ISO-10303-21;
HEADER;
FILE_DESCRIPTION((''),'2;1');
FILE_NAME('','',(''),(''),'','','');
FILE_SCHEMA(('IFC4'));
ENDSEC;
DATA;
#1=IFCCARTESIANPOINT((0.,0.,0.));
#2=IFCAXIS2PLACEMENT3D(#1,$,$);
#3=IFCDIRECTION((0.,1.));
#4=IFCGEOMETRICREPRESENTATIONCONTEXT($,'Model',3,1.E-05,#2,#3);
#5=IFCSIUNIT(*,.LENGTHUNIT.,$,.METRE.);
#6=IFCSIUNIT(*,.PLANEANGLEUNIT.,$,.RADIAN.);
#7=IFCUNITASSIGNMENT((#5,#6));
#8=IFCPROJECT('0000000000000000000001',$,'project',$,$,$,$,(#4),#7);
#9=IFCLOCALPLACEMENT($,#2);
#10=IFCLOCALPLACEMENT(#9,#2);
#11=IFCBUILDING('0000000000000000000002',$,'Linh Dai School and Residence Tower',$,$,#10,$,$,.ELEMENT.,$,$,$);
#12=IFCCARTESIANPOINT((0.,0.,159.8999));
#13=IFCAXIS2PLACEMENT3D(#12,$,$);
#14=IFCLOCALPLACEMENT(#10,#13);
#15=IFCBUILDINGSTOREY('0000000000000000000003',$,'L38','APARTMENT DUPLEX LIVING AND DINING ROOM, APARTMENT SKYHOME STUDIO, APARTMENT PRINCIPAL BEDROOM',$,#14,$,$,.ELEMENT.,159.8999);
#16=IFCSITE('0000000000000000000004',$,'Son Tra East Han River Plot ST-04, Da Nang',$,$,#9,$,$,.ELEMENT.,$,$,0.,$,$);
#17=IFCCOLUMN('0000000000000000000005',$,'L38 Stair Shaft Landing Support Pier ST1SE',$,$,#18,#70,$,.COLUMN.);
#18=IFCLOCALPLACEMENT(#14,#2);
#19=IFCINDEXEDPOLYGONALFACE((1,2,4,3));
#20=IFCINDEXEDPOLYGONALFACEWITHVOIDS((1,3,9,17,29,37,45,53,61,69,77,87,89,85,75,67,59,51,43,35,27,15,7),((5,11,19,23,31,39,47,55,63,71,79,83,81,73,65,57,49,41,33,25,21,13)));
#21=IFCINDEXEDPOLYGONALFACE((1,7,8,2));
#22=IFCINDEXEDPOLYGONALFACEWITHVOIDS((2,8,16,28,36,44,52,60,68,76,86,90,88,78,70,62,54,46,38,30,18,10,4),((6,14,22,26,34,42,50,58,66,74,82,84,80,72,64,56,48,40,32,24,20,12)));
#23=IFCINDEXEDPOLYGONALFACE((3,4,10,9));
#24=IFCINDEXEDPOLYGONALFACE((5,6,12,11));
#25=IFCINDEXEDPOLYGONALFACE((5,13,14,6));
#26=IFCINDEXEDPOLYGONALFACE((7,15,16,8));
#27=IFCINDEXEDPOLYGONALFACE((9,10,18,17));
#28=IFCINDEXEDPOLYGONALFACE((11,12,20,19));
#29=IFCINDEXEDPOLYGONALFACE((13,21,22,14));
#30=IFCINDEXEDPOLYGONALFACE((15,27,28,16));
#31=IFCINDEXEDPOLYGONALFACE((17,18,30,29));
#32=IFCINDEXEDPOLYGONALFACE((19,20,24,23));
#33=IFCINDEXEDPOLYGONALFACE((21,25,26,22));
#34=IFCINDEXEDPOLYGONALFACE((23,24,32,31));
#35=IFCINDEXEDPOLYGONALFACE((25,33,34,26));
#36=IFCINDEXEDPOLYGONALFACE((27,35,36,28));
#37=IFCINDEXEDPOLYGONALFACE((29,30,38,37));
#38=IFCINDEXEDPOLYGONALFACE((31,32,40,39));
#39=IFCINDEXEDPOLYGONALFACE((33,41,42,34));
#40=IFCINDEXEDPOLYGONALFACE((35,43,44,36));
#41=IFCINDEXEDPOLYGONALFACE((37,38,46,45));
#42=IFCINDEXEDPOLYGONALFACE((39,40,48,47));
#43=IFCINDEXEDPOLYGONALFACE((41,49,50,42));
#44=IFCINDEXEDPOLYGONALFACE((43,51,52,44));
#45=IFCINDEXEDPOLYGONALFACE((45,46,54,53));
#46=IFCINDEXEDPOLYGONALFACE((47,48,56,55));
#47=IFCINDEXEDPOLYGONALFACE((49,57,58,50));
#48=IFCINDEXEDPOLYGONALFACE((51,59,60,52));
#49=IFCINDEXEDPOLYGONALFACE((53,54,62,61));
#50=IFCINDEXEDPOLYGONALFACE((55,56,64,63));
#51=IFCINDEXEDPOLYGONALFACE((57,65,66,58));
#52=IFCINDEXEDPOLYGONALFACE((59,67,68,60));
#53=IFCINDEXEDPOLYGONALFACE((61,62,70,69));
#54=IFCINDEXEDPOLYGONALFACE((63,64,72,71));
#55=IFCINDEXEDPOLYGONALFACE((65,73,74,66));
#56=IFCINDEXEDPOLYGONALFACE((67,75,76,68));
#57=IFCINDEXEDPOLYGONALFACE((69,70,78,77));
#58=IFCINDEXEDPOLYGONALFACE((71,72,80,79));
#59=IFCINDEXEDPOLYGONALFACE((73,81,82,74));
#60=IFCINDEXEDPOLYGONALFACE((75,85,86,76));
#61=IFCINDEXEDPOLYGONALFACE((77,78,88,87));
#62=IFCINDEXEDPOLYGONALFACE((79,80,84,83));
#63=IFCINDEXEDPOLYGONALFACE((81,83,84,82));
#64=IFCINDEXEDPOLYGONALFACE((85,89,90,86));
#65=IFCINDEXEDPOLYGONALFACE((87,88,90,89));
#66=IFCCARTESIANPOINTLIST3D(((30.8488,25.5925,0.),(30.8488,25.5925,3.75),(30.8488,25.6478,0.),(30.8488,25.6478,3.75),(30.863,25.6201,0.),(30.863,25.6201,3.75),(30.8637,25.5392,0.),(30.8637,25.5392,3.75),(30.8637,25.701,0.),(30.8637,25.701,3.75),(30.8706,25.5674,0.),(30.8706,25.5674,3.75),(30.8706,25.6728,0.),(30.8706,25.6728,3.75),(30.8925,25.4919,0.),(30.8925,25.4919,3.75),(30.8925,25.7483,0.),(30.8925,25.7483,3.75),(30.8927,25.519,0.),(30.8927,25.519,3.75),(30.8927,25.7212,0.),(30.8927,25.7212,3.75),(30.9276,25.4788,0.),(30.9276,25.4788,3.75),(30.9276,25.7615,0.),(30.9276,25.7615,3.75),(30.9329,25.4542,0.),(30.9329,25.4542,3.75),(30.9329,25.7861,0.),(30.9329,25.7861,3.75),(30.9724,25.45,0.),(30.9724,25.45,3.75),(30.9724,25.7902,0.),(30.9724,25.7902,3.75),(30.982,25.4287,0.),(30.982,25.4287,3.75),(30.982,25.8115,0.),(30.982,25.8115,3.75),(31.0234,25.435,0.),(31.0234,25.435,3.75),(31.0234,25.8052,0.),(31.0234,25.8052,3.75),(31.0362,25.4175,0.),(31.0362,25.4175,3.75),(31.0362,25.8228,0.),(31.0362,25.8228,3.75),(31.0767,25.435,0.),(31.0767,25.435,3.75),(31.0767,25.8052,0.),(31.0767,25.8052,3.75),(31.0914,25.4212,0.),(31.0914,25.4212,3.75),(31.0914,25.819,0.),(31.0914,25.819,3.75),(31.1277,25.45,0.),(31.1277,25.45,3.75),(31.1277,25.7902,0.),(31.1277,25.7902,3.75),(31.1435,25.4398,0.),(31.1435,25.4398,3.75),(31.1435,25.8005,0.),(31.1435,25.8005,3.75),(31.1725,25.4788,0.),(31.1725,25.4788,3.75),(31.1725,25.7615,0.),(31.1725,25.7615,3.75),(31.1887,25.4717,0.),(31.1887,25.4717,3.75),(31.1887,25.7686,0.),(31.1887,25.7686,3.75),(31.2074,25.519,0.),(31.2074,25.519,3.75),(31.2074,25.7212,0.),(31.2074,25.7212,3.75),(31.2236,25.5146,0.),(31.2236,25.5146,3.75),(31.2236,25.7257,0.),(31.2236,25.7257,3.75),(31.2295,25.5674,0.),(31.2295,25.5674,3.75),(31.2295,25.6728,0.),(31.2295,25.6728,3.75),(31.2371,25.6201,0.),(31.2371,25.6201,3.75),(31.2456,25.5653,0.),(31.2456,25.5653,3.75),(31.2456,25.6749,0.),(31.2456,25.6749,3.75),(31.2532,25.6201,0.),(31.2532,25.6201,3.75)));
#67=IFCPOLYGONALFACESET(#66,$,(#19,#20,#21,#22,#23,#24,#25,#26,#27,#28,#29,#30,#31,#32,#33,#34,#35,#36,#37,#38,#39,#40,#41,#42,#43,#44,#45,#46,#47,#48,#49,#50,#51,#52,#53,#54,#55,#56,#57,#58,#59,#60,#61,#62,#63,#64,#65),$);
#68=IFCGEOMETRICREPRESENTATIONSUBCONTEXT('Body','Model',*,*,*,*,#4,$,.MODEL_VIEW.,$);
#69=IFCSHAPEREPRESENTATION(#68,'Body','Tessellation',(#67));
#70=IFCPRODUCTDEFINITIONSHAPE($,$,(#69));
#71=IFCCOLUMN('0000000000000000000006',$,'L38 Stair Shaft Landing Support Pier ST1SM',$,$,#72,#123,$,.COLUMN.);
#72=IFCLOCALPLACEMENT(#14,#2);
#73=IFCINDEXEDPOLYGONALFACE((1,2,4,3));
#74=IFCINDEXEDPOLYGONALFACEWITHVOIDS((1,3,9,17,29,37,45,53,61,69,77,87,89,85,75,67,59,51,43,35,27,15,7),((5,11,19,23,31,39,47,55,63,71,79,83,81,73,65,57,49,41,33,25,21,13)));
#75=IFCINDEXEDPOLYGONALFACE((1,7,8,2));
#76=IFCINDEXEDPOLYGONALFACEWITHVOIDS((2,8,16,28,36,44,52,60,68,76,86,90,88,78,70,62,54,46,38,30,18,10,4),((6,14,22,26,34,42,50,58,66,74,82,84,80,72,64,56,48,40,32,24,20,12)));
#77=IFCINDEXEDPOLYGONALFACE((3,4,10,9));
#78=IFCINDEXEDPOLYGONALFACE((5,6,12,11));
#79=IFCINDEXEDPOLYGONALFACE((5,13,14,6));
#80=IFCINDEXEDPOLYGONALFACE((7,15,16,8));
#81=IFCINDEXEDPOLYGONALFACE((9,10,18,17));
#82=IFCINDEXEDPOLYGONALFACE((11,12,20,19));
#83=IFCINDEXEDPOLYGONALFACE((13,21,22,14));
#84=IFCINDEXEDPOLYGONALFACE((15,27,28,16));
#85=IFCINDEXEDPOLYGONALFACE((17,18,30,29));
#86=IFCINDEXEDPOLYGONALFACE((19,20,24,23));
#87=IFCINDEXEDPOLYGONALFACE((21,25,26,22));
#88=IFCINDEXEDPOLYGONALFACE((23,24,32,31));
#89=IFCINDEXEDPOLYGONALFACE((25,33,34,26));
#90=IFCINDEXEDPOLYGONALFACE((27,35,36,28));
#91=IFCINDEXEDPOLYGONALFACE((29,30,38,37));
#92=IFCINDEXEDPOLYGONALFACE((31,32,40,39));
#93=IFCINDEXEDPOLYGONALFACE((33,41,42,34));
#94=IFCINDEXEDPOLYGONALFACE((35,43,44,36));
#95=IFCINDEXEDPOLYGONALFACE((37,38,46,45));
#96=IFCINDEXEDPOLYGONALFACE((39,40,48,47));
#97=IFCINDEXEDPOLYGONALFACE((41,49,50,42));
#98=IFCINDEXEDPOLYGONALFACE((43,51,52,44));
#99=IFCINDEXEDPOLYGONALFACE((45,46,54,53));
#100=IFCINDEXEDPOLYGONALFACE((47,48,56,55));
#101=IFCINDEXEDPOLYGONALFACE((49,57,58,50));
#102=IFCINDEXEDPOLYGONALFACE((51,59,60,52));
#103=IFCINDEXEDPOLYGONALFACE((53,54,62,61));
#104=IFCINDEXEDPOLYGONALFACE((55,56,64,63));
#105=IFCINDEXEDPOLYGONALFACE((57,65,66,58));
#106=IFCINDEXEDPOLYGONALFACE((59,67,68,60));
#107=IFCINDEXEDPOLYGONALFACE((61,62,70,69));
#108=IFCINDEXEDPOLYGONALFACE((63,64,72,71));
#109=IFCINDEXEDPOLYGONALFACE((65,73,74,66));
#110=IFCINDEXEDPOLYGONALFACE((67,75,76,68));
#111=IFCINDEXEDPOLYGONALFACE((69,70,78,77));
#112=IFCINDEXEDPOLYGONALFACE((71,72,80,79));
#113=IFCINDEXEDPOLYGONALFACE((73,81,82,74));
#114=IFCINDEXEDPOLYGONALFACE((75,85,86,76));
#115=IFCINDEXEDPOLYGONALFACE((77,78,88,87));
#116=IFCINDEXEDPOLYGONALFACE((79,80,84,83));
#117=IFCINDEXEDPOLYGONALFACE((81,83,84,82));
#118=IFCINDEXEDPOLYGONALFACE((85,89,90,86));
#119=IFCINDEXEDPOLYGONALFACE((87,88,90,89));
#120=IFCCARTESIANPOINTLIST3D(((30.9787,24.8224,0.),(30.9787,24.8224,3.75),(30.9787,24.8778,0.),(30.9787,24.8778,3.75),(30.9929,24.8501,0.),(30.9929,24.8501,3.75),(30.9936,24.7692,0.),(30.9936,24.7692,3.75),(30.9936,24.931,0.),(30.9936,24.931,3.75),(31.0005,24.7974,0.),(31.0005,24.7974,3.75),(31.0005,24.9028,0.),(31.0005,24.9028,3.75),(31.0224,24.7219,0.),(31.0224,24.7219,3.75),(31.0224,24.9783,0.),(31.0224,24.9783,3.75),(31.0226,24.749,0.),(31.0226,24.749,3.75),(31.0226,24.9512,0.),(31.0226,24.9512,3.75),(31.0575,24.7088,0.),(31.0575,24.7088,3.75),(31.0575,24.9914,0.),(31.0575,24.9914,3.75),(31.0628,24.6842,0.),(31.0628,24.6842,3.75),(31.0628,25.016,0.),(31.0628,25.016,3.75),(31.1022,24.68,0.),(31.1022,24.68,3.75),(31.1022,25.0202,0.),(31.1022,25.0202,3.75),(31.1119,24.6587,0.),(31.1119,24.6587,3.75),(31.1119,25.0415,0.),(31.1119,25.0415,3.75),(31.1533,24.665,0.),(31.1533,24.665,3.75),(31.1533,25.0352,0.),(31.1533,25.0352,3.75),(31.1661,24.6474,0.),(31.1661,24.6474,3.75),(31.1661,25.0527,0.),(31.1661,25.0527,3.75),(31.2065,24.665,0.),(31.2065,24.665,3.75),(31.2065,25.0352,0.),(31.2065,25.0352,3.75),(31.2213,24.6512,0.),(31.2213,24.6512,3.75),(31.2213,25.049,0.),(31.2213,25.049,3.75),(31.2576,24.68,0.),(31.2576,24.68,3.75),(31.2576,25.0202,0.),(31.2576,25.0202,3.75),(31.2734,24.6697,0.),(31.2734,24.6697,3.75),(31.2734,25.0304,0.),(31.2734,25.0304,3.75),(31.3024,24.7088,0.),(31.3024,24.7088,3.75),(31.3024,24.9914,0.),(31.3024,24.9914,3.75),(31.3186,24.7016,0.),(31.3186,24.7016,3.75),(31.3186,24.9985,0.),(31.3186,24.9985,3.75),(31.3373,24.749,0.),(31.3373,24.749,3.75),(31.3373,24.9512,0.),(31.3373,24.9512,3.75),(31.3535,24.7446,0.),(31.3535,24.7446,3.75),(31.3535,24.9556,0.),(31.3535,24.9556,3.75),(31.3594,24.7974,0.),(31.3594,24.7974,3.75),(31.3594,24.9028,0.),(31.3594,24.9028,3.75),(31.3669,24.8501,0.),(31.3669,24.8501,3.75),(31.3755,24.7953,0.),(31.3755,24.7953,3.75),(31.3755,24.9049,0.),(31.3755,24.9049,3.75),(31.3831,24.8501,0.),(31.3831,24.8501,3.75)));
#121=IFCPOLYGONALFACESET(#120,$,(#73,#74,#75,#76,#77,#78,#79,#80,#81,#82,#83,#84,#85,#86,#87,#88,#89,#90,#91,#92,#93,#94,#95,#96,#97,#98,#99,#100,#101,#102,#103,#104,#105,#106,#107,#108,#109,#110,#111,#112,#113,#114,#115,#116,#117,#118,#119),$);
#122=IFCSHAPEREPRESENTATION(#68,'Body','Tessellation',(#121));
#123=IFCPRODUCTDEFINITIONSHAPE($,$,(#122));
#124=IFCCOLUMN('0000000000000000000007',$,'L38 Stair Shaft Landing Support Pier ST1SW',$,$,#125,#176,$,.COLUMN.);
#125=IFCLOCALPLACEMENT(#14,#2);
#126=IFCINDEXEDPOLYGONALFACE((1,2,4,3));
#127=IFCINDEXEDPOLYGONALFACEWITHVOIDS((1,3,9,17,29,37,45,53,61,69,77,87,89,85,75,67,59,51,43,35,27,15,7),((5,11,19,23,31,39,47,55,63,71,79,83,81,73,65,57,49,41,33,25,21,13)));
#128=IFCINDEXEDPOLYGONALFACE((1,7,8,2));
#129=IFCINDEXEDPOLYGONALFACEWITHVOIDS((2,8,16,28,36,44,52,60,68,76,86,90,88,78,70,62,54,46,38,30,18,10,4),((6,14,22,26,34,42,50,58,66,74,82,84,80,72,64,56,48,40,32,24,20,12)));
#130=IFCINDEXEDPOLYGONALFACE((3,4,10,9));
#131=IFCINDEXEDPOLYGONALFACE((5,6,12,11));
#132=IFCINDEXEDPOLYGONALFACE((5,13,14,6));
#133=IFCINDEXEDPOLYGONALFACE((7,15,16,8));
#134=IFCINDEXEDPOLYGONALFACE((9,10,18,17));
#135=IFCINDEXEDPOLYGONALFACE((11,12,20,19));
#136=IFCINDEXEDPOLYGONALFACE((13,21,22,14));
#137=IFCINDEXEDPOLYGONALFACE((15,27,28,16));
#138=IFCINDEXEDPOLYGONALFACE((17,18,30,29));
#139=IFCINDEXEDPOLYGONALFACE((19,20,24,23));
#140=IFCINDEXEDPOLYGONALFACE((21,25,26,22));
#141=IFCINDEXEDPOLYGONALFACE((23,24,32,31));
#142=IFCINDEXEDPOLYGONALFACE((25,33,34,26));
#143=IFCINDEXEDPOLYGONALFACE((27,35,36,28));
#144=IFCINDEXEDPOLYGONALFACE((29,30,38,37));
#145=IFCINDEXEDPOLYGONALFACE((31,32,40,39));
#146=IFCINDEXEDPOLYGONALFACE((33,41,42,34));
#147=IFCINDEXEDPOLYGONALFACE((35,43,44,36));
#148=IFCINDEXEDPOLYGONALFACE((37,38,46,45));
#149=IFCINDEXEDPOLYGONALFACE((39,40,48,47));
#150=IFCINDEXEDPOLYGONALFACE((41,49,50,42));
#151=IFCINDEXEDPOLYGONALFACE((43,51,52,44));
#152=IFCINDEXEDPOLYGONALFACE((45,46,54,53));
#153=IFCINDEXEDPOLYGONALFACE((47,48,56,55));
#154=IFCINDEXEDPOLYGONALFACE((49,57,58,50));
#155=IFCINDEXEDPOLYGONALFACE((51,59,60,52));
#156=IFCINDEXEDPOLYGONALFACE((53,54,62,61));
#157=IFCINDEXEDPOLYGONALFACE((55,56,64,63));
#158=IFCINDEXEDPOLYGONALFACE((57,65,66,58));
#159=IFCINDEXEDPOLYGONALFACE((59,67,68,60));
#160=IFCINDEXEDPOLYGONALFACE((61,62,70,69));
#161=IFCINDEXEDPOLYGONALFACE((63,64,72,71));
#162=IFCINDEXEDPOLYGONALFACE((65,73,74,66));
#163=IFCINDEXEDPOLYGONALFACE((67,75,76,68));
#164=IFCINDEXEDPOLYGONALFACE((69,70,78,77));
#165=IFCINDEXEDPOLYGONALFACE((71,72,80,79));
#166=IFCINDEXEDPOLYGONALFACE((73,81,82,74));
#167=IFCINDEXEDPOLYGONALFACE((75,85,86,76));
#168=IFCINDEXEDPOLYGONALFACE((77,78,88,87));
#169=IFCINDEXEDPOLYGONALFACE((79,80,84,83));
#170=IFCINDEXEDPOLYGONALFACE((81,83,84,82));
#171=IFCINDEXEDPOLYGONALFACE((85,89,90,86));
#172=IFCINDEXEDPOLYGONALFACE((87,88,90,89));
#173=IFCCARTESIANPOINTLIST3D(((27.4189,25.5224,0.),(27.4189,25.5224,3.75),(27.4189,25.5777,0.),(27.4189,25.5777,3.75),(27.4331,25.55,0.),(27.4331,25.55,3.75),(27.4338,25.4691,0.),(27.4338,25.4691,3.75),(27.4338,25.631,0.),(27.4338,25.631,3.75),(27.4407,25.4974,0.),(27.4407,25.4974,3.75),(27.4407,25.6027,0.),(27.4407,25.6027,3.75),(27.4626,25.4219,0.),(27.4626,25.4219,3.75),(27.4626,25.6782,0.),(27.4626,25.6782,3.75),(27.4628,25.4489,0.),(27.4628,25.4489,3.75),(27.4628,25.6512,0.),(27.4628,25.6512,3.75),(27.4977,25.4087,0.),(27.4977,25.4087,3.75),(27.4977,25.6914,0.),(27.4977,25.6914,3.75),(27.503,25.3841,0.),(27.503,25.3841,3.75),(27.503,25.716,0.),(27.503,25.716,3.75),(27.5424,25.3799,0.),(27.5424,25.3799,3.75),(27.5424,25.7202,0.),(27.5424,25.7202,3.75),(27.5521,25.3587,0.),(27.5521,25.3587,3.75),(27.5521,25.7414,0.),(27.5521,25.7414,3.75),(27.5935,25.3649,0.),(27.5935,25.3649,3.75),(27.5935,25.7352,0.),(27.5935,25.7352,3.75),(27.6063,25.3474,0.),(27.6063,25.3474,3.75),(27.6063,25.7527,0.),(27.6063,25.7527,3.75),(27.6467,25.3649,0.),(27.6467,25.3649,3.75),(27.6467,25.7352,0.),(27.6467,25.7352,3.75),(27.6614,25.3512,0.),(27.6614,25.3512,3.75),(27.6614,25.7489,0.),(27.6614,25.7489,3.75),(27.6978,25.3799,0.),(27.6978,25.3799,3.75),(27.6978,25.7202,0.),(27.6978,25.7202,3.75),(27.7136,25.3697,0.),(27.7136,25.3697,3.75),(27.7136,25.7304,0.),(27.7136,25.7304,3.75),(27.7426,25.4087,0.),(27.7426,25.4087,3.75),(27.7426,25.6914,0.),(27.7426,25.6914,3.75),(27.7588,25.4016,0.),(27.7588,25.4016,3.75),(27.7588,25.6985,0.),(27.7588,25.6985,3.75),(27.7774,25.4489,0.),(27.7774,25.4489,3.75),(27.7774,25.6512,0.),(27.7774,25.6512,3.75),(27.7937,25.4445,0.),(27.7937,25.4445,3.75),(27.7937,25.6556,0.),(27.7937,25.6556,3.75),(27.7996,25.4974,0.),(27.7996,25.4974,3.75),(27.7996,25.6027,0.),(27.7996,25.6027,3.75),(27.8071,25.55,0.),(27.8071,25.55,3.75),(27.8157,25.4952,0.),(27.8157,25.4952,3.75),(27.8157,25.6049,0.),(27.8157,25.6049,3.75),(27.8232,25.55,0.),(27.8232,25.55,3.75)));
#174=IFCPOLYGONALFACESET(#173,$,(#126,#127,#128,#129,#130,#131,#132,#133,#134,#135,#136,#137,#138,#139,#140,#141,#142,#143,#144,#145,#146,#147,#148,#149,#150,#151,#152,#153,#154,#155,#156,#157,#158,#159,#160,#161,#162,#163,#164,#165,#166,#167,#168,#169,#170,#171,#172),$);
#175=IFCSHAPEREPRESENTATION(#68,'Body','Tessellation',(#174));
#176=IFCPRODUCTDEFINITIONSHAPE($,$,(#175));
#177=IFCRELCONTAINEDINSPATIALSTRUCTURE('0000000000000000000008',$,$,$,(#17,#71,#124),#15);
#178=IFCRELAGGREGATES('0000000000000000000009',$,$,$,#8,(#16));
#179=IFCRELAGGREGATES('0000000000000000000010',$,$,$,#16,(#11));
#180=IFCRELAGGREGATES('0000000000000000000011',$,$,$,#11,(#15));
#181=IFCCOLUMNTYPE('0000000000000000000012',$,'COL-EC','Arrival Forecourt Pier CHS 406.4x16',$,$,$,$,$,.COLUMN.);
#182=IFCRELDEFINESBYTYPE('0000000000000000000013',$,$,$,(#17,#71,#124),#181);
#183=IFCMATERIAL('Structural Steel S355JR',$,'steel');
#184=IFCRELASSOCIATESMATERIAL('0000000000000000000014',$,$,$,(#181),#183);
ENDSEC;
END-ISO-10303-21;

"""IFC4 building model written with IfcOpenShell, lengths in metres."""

from ifc_helpers import new_model, si_unit, direction, frame, origin, origin_2d, place, context, subcontext, project, spatial, hollow_circle, extrude, material, material_profile, profile_set, type_object, element, save


model = new_model("IFC4")

# Units and contexts
model_context = context("Model", 3, precision=1e-05, world=origin(), true_north=direction((0.0, 1.0)))
body_context = subcontext(model_context, "Body", "Model", "MODEL_VIEW")
ifc_project = project(units=[si_unit("LENGTHUNIT", "METRE"), si_unit("PLANEANGLEUNIT", "RADIAN")], contexts=[model_context])

# Site, building, storey
site_placement = place(None, origin())
site = spatial("IfcSite", under=ifc_project, at=site_placement, Name="Son Tra East Han River Plot ST-04, Da Nang", CompositionType="ELEMENT", RefElevation=0.0)
building_placement = place(site_placement, origin())
building = spatial("IfcBuilding", under=site, at=building_placement, Name="Linh Dai School and Residence Tower", CompositionType="ELEMENT")
storey_placement = place(building_placement, frame((0.0, 0.0, 159.8999)))
storey = spatial("IfcBuildingStorey", under=building, at=storey_placement, Name="L38", Description="APARTMENT DUPLEX LIVING AND DINING ROOM, APARTMENT SKYHOME STUDIO, APARTMENT PRINCIPAL BEDROOM", CompositionType="ELEMENT", Elevation=159.8999)

# Columns
ifc_material_1 = material(Name="Structural Steel S355JR", Category="steel")
ifc_material_profile_1 = material_profile(ifc_material_1, hollow_circle(Radius=0.2031, WallThickness=0.0161, at=origin_2d()), Name="CHS 406.4x16")
ifc_profile_set_1 = profile_set([ifc_material_profile_1], Name="Structural Steel S355JR")
column_type_1 = type_object("IfcColumnType", Name="COL-EC", Description="Arrival Forecourt Pier CHS 406.4x16", PredefinedType="COLUMN", material=ifc_profile_set_1)
for number, where, z_axis, x_axis, name in (
    (1, (31.05, 25.6201, 0.0), (0.0, 0.0, 1.0), (1.0, 0.0, 0.0), "L38 Stair Shaft Landing Support Pier ST1SE"),
    (2, (31.1799, 24.8501, 0.0), (0.0, 0.0, 1.0), (1.0, 0.0, 0.0), "L38 Stair Shaft Landing Support Pier ST1SM"),
    (3, (27.6201, 25.55, 0.0), (0.0, 0.0, 1.0), (1.0, 0.0, 0.0), "L38 Stair Shaft Landing Support Pier ST1SW"),
):
    element("IfcColumn", number, at=place(storey_placement, frame(where, z_axis=z_axis, x_axis=x_axis)), inside=storey, type_object=column_type_1, Name=name, PredefinedType="COLUMN", context=body_context, shape_type="SweptSolid", body=[
        extrude(hollow_circle(Radius=0.2031, WallThickness=0.0161, at=origin_2d()), origin(), (0.0, 0.0, 1.0), 3.75),
    ])

save(model, "model.ifc")
